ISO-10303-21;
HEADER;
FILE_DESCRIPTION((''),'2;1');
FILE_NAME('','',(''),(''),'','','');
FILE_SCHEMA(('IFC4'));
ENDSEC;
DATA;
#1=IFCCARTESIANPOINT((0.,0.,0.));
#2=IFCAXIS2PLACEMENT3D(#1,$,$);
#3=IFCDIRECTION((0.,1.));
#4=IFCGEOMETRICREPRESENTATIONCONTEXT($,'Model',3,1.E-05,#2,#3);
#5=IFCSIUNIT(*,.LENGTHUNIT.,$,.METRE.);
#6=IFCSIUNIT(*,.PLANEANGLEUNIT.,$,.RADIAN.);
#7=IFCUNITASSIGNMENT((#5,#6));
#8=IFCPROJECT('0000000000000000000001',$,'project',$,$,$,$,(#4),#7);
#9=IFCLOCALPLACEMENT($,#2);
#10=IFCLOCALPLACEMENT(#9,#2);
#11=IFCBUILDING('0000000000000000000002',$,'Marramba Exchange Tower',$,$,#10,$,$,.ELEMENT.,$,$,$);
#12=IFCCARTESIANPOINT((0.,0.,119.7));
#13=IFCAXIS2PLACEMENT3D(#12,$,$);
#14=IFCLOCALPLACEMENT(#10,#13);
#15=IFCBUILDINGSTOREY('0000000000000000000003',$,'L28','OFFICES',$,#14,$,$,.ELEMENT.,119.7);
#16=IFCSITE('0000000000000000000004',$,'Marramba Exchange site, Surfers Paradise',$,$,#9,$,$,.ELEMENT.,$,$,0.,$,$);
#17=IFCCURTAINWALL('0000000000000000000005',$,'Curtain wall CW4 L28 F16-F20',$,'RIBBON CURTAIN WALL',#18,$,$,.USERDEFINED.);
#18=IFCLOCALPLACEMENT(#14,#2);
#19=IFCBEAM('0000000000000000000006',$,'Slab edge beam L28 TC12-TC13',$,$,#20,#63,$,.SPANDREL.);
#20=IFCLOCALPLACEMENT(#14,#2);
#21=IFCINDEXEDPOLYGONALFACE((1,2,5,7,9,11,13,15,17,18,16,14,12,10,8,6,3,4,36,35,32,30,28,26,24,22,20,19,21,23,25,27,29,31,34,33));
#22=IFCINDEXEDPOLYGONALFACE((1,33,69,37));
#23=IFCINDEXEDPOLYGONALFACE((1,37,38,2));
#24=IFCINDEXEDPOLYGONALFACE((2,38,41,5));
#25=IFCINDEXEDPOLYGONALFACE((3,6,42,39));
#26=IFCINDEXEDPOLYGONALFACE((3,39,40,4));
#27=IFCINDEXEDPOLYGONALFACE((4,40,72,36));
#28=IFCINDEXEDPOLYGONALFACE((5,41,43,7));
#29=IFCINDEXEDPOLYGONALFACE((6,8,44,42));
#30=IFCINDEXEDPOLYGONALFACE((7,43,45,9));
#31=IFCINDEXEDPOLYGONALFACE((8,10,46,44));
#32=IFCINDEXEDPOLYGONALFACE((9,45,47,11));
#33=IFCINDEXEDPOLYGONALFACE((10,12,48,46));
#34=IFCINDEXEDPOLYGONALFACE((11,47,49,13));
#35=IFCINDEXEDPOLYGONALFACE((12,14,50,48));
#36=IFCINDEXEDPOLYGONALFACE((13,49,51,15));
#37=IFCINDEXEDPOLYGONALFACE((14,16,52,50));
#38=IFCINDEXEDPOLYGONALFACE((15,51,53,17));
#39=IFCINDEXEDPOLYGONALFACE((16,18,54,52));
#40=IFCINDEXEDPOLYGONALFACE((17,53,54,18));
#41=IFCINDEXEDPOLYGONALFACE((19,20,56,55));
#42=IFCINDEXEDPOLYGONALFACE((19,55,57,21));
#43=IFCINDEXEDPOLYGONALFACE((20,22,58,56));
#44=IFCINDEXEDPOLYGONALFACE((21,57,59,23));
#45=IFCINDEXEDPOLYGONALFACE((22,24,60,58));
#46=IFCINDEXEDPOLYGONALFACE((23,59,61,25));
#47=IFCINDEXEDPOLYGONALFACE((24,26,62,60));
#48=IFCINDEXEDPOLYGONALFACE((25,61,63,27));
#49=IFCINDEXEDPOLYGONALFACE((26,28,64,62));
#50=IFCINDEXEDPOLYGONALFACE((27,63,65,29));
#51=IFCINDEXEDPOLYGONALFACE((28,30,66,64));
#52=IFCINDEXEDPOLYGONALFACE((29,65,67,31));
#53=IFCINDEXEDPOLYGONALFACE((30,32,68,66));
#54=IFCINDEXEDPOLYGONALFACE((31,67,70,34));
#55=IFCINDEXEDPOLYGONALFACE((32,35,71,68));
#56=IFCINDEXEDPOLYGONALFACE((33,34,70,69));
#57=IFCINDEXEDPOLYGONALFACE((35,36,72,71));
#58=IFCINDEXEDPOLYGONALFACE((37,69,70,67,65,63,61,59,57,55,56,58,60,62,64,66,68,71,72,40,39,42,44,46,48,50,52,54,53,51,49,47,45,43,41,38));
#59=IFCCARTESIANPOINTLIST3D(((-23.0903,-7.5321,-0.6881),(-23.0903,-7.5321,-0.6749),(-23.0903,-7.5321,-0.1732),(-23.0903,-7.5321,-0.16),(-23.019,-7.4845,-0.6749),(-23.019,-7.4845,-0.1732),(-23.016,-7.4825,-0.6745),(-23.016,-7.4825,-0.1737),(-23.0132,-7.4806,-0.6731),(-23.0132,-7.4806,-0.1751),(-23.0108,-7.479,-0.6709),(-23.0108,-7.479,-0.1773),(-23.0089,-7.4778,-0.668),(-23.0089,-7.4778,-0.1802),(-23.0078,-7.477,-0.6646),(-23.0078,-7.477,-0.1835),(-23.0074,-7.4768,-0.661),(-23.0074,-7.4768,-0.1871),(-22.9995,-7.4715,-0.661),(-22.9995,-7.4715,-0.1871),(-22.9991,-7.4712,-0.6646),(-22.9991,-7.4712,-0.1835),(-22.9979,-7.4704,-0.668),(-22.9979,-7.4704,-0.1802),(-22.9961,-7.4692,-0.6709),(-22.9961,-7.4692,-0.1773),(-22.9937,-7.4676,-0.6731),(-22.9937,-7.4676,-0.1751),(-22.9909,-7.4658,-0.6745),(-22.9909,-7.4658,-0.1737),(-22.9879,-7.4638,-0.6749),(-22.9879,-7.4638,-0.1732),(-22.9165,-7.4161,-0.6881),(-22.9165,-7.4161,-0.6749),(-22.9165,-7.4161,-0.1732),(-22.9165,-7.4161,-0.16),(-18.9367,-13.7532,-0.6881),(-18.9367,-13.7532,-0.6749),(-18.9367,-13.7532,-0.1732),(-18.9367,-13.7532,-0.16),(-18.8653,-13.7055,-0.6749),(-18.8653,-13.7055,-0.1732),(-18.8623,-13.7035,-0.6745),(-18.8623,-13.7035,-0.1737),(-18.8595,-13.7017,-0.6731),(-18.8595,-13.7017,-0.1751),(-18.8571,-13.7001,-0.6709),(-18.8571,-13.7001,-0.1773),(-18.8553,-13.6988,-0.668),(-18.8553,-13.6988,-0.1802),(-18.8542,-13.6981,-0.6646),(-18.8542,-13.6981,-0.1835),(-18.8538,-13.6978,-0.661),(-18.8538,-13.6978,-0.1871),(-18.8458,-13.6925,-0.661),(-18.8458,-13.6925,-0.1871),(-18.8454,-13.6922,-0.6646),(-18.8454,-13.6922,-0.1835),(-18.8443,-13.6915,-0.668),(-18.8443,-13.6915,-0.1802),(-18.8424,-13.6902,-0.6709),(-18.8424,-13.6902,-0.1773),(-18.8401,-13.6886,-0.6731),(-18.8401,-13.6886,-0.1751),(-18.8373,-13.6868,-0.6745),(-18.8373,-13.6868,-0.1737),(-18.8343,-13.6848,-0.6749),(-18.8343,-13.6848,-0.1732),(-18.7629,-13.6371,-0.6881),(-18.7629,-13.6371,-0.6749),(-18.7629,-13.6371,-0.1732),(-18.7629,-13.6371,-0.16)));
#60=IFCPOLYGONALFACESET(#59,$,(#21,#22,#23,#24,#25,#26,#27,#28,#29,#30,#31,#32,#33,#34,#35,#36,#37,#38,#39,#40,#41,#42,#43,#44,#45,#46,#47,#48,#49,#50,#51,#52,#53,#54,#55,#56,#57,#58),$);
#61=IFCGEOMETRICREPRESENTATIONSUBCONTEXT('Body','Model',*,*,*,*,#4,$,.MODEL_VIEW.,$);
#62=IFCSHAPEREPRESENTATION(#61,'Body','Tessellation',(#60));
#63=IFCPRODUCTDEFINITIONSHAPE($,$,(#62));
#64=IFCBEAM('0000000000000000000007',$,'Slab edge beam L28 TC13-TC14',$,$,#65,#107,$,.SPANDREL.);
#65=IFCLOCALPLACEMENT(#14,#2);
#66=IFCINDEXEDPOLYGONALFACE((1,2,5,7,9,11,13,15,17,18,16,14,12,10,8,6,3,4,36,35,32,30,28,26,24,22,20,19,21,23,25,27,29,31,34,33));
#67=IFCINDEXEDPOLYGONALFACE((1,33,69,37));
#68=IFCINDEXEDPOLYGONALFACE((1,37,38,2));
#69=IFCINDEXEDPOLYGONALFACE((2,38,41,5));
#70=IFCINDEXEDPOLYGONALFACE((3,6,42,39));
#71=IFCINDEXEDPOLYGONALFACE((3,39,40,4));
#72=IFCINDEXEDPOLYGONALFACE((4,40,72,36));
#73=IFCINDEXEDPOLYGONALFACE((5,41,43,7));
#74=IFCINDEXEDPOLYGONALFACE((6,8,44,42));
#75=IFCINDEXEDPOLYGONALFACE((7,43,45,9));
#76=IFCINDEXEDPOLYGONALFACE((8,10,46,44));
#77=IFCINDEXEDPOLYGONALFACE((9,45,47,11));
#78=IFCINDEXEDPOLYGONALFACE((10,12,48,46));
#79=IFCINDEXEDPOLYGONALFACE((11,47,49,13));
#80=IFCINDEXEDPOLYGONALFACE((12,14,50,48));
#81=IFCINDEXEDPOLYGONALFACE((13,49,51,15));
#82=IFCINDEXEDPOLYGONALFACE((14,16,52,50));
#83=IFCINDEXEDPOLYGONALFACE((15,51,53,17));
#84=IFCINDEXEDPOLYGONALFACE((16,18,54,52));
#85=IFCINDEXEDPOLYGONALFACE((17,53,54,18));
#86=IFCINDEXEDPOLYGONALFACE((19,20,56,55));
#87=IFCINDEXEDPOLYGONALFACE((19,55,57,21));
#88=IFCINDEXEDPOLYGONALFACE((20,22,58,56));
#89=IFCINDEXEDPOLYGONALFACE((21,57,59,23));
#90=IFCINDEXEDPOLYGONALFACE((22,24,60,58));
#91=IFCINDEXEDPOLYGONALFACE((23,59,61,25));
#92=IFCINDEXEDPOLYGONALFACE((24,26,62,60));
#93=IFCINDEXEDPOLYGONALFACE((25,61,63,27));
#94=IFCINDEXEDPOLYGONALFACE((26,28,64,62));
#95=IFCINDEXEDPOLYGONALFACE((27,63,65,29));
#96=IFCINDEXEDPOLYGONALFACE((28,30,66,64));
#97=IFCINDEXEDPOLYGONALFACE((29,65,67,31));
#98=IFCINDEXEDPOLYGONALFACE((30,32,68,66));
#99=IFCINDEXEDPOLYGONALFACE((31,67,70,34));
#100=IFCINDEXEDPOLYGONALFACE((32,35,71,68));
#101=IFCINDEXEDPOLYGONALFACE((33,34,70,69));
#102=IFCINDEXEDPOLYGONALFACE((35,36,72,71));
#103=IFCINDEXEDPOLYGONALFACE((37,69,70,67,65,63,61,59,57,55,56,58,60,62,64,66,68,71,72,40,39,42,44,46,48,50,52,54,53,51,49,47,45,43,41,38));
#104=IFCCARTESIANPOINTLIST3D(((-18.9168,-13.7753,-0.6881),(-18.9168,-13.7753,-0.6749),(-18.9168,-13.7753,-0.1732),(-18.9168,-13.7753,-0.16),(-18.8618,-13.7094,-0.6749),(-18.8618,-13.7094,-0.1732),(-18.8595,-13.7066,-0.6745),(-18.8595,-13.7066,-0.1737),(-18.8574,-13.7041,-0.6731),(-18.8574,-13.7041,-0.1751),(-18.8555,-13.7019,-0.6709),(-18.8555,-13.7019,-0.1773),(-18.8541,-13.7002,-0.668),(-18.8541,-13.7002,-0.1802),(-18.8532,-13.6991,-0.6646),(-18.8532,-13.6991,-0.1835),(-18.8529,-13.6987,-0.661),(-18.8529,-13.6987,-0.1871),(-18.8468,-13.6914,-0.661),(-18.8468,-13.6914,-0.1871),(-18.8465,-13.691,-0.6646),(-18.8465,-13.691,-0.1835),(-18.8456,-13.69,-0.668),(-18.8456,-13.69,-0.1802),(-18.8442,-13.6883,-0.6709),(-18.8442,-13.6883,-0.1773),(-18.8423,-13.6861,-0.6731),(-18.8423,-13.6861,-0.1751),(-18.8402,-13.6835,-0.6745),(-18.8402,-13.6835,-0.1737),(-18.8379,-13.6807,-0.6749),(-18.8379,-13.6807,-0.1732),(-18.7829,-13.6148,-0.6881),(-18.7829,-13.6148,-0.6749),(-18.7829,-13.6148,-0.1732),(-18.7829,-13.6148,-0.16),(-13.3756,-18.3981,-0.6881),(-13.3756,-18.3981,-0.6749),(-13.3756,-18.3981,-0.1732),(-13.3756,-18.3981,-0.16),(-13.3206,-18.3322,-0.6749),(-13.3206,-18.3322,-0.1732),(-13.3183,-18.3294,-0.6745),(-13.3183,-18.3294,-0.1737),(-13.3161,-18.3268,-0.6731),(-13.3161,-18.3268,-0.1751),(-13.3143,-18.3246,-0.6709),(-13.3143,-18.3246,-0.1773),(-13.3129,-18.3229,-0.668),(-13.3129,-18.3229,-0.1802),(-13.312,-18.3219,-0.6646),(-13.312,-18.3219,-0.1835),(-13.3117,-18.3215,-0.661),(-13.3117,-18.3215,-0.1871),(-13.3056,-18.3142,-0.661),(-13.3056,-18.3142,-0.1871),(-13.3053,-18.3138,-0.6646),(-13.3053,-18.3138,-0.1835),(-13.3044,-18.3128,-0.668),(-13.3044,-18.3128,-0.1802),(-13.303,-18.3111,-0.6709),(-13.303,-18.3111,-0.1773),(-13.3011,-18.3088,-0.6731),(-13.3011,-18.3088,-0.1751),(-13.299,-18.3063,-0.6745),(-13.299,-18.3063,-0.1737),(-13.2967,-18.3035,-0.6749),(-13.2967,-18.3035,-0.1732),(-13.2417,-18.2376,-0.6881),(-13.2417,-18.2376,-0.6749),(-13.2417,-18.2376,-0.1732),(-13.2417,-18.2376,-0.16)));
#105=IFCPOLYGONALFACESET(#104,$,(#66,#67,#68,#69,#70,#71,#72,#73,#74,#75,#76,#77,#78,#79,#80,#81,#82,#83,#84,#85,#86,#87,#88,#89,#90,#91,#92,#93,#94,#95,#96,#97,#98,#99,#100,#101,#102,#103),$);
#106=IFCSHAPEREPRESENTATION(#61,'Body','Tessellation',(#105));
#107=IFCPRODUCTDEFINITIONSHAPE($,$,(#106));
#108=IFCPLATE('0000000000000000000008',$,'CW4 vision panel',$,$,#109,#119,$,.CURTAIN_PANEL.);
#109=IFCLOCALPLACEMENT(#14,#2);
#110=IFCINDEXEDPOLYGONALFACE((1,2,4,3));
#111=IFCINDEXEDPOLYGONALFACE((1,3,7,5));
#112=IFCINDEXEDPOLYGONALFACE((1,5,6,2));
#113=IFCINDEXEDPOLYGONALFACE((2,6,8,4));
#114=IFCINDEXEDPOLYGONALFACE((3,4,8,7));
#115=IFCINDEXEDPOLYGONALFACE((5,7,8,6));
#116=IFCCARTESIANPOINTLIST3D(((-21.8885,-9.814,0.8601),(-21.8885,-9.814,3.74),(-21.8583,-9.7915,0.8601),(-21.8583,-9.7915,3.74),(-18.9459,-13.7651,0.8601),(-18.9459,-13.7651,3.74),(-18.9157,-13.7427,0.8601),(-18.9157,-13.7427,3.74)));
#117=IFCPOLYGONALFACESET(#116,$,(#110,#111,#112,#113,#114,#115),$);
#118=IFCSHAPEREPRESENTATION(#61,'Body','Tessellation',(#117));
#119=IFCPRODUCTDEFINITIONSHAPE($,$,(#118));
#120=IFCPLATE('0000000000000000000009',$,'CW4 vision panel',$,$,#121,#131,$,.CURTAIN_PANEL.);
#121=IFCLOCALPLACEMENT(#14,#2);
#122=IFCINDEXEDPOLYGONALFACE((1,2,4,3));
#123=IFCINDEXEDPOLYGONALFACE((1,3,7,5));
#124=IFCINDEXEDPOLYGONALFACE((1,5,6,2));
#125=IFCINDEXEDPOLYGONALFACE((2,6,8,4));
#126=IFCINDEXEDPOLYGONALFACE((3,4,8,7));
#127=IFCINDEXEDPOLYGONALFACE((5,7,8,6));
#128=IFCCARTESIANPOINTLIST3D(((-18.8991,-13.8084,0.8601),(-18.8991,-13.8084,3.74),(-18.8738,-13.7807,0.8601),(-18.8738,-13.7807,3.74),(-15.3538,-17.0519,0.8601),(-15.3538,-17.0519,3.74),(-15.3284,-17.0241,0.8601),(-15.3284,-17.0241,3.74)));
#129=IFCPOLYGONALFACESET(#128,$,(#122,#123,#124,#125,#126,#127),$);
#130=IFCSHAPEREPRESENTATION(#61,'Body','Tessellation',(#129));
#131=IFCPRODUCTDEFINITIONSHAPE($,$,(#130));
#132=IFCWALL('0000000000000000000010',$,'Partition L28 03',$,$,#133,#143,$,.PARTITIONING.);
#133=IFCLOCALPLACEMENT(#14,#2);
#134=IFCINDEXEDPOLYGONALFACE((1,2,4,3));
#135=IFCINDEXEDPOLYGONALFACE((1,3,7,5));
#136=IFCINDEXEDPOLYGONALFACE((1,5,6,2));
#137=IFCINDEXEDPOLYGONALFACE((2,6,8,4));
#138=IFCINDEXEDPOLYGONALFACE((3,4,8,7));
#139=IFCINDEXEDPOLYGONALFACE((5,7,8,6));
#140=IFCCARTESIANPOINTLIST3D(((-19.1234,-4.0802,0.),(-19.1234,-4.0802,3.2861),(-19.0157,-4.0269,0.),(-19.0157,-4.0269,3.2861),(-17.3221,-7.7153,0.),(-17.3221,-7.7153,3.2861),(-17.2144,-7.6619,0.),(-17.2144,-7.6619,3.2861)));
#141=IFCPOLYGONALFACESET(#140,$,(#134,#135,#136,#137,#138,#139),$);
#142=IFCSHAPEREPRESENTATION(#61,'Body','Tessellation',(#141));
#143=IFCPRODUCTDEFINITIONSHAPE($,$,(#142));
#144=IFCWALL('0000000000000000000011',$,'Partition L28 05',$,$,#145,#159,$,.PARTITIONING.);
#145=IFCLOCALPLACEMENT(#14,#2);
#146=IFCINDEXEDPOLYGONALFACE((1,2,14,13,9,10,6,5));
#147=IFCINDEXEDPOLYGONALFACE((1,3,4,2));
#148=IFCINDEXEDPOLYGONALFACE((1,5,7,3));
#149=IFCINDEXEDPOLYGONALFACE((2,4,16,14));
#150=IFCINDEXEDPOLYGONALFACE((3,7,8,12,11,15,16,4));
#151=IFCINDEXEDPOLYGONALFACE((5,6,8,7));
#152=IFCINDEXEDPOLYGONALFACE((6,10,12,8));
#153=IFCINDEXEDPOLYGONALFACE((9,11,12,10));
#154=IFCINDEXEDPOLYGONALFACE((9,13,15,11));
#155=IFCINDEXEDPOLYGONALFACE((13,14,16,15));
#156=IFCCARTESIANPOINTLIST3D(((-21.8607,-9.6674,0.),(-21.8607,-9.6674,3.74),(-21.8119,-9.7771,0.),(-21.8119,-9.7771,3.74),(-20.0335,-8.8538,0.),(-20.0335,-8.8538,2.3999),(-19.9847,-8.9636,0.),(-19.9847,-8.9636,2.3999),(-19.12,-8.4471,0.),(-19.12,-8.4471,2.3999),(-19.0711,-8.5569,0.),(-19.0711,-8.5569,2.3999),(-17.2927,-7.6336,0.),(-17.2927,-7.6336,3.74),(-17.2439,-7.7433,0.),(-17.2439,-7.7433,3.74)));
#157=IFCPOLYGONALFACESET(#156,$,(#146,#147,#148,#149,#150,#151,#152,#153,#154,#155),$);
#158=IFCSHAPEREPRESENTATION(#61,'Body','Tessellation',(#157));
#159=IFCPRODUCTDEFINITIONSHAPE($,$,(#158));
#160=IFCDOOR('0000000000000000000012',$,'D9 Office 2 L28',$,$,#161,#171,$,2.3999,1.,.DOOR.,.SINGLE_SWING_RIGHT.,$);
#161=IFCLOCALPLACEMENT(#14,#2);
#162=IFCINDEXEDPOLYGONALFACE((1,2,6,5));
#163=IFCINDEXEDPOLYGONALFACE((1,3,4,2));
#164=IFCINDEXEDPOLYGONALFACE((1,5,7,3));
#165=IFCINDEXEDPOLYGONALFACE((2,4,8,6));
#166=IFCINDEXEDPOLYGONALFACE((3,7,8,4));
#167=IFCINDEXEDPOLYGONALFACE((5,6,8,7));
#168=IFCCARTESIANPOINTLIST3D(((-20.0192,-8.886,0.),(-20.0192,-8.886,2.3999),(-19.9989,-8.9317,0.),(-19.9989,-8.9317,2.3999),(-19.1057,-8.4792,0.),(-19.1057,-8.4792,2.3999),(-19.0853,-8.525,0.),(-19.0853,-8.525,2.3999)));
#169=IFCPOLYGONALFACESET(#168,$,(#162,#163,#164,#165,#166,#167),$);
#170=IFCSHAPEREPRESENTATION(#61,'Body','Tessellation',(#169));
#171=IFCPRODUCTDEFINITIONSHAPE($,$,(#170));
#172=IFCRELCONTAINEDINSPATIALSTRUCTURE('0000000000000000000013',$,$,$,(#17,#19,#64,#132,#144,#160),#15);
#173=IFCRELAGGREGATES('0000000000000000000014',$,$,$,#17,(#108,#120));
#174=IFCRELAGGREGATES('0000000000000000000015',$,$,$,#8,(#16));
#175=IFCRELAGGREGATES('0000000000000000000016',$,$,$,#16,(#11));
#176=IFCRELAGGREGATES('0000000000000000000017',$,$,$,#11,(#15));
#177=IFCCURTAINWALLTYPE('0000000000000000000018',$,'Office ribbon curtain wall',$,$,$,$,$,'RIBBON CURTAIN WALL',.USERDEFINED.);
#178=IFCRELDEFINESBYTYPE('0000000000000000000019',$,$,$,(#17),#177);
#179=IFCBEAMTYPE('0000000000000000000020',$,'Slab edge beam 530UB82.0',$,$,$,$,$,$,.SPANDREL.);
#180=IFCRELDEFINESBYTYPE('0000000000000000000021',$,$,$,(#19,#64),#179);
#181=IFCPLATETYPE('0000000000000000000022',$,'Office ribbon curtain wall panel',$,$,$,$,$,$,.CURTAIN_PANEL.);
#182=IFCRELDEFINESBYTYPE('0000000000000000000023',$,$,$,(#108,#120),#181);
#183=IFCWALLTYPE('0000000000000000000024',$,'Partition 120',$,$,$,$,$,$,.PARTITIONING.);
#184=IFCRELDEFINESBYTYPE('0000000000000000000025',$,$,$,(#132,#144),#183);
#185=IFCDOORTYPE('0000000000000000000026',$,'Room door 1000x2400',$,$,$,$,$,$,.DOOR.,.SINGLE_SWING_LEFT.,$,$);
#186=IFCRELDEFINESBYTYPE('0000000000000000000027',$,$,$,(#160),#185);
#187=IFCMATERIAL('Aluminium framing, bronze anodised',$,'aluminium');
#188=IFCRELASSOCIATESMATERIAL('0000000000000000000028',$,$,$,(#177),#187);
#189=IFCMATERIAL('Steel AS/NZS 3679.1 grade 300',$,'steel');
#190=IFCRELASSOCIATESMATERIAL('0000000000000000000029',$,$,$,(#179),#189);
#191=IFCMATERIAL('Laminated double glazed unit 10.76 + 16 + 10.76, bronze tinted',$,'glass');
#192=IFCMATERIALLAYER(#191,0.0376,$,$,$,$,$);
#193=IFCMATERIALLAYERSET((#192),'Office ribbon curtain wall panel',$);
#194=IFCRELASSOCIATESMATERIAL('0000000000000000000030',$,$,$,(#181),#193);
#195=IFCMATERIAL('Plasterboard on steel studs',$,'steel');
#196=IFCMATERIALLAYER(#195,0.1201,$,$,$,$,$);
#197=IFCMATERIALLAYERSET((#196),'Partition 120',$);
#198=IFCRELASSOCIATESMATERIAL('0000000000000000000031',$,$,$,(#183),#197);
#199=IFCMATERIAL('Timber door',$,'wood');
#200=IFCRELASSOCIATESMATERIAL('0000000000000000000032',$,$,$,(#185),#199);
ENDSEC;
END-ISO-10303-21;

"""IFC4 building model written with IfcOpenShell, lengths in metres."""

from ifc_helpers import new_model, si_unit, direction, frame, frame_2d, origin, origin_2d, place, context, subcontext, project, spatial, rectangle, i_section, extrude, material, layer, layer_set, material_profile, profile_set, type_object, element, fill, aggregate, save


model = new_model("IFC4")

# Units and contexts
model_context = context("Model", 3, precision=1e-05, world=origin(), true_north=direction((0.0, 1.0)))
body_context = subcontext(model_context, "Body", "Model", "MODEL_VIEW")
ifc_project = project(units=[si_unit("LENGTHUNIT", "METRE"), si_unit("PLANEANGLEUNIT", "RADIAN")], contexts=[model_context])

# Site, building, storey
site_placement = place(None, origin())
site = spatial("IfcSite", under=ifc_project, at=site_placement, Name="Marramba Exchange site, Surfers Paradise", CompositionType="ELEMENT", RefElevation=0.0)
building_placement = place(site_placement, origin())
building = spatial("IfcBuilding", under=site, at=building_placement, Name="Marramba Exchange Tower", CompositionType="ELEMENT")
storey_placement = place(building_placement, frame((0.0, 0.0, 119.7)))
storey = spatial("IfcBuildingStorey", under=building, at=storey_placement, Name="L28", Description="OFFICES", CompositionType="ELEMENT", Elevation=119.7)

# Curtain wall
ifc_material_1 = material(Name="Aluminium framing, bronze anodised", Category="aluminium")
curtain_wall_type = type_object("IfcCurtainWallType", Name="Office ribbon curtain wall", ElementType="RIBBON CURTAIN WALL", PredefinedType="USERDEFINED", material=ifc_material_1)
curtain_wall_placement = place(storey_placement, origin())
curtain_wall = element("IfcCurtainWall", 1, at=curtain_wall_placement, inside=storey, type_object=curtain_wall_type, Name="Curtain wall CW4 L28 F16-F20", ObjectType="RIBBON CURTAIN WALL", PredefinedType="USERDEFINED")

# Beams
ifc_material_2 = material(Name="Steel AS/NZS 3679.1 grade 300", Category="steel")
ifc_material_profile_1 = material_profile(ifc_material_2, i_section(OverallWidth=0.209, OverallDepth=0.5281, WebThickness=0.0095, FlangeThickness=0.0132, FilletRadius=0.0139, at=origin_2d()), Name="530UB82.0")
ifc_profile_set_1 = profile_set([ifc_material_profile_1], Name="Steel AS/NZS 3679.1 grade 300")
beam_type_1 = type_object("IfcBeamType", Name="Slab edge beam 530UB82.0", PredefinedType="SPANDREL", material=ifc_profile_set_1)
beam_1_placement = place(storey_placement, frame((-23.0034, -7.4741, -0.4241), z_axis=(0.55528, -0.831663, 0.0), x_axis=(0.831663, 0.55528, 0.0)))
element("IfcBeam", 2, at=beam_1_placement, inside=storey, type_object=beam_type_1, Name="Slab edge beam L28 TC12-TC13", PredefinedType="SPANDREL", context=body_context, shape_type="SweptSolid", body=[
    extrude(i_section(OverallWidth=0.209, OverallDepth=0.5281, WebThickness=0.0095, FlangeThickness=0.0132, FilletRadius=0.0139, at=origin_2d()), origin(), (0.0, 0.0, 1.0), 7.4802),
])
beam_2_placement = place(storey_placement, frame((-18.8499, -13.6951, -0.4241), z_axis=(0.767875, -0.6406, 0.0), x_axis=(0.6406, 0.767875, 0.0)))
element("IfcBeam", 3, at=beam_2_placement, inside=storey, type_object=beam_type_1, Name="Slab edge beam L28 TC13-TC14", PredefinedType="SPANDREL", context=body_context, shape_type="SweptSolid", body=[
    extrude(i_section(OverallWidth=0.209, OverallDepth=0.5281, WebThickness=0.0095, FlangeThickness=0.0132, FilletRadius=0.0139, at=origin_2d()), origin(), (0.0, 0.0, 1.0), 7.2163),
])

# Plates
ifc_material_3 = material(Name="Laminated double glazed unit 10.76 + 16 + 10.76, bronze tinted", Category="glass")
ifc_layer_1 = layer(ifc_material_3, 0.0376)
ifc_layer_set_1 = layer_set([ifc_layer_1], Name="Office ribbon curtain wall panel")
plate_type = type_object("IfcPlateType", Name="Office ribbon curtain wall panel", PredefinedType="CURTAIN_PANEL", material=ifc_layer_set_1)
plate_1_placement = place(storey_placement, frame((-20.4021, -11.7783, 0.8601), z_axis=(0.0, 0.0, 1.0), x_axis=(0.597305, -0.802014, 0.0)))
plate_1 = element("IfcPlate", 4, at=plate_1_placement, type_object=plate_type, Name="CW4 vision panel", PredefinedType="CURTAIN_PANEL", context=body_context, shape_type="SweptSolid", body=[
    extrude(rectangle(XDim=4.9265, YDim=0.0376, at=origin_2d()), origin(), (0.0, 0.0, 1.0), 2.8799),
])
plate_2_placement = place(storey_placement, frame((-17.1138, -15.4163, 0.8601), z_axis=(0.0, 0.0, 1.0), x_axis=(0.737822, -0.674995, 0.0)))
plate_2 = element("IfcPlate", 5, at=plate_2_placement, type_object=plate_type, Name="CW4 vision panel", PredefinedType="CURTAIN_PANEL", context=body_context, shape_type="SweptSolid", body=[
    extrude(rectangle(XDim=4.8052, YDim=0.0376, at=origin_2d()), origin(), (0.0, 0.0, 1.0), 2.8799),
])
aggregate(curtain_wall, [plate_1, plate_2])

# Wall
ifc_material_4 = material(Name="Plasterboard on steel studs", Category="steel")
ifc_layer_2 = layer(ifc_material_4, 0.1201)
ifc_layer_set_2 = layer_set([ifc_layer_2], Name="Partition 120")
wall_type_1 = type_object("IfcWallType", Name="Partition 120", PredefinedType="PARTITIONING", material=ifc_layer_set_2)
wall_1_placement = place(storey_placement, frame((-17.2683, -7.6885, 0.0), z_axis=(0.0, 0.0, 1.0), x_axis=(-0.444009, 0.896022, 0.0)))
element("IfcWall", 6, at=wall_1_placement, inside=storey, type_object=wall_type_1, Name="Partition L28 03", PredefinedType="PARTITIONING", context=body_context, shape_type="SweptSolid", body=[
    extrude(rectangle(XDim=4.0569, YDim=0.1201, at=frame_2d((2.0283, 0.0))), origin(), (0.0, 0.0, 1.0), 3.2861),
])

# Wall, opening, door
wall_2_placement = place(storey_placement, frame((-21.8362, -9.7222, 0.0), z_axis=(0.0, 0.0, 1.0), x_axis=(0.91355, 0.406727, 0.0)))
wall_2 = element("IfcWall", 7, at=wall_2_placement, inside=storey, type_object=wall_type_1, Name="Partition L28 05", PredefinedType="PARTITIONING", context=body_context, shape_type="SweptSolid", body=[
    extrude(rectangle(XDim=5.0002, YDim=0.1201, at=frame_2d((2.5, 0.0))), origin(), (0.0, 0.0, 1.0), 3.74),
])
opening_1_placement = place(wall_2_placement, frame((2.0, 0.0, 0.0)))
opening_1 = element("IfcOpeningElement", 8, at=opening_1_placement, cuts=wall_2, PredefinedType="OPENING", context=body_context, shape_type="SweptSolid", body=[
    extrude(rectangle(XDim=1.0, YDim=2.3999, at=frame_2d((0.5, 1.2))), frame((0.0, 0.0701, 0.0), z_axis=(0.0, -1.0, 0.0), x_axis=(1.0, 0.0, 0.0)), (0.0, 0.0, 1.0), 0.1401),
])
ifc_material_5 = material(Name="Timber door", Category="wood")
door_type_1 = type_object("IfcDoorType", Name="Room door 1000x2400", OperationType="SINGLE_SWING_LEFT", PredefinedType="DOOR", material=ifc_material_5)
door_1_placement = place(opening_1_placement, origin())
door_1 = element("IfcDoor", 9, at=door_1_placement, inside=storey, type_object=door_type_1, Name="D9 Office 2 L28", OperationType="SINGLE_SWING_RIGHT", OverallHeight=2.3999, OverallWidth=1.0, PredefinedType="DOOR", context=body_context, shape_type="SweptSolid", body=[
    extrude(rectangle(XDim=1.0, YDim=2.3999, at=frame_2d((0.5, 1.2))), frame((0.0, 0.0249, 0.0), z_axis=(0.0, -1.0, 0.0), x_axis=(1.0, 0.0, 0.0)), (0.0, 0.0, 1.0), 0.05),
])
fill(opening_1, door_1)

save(model, "model.ifc")
